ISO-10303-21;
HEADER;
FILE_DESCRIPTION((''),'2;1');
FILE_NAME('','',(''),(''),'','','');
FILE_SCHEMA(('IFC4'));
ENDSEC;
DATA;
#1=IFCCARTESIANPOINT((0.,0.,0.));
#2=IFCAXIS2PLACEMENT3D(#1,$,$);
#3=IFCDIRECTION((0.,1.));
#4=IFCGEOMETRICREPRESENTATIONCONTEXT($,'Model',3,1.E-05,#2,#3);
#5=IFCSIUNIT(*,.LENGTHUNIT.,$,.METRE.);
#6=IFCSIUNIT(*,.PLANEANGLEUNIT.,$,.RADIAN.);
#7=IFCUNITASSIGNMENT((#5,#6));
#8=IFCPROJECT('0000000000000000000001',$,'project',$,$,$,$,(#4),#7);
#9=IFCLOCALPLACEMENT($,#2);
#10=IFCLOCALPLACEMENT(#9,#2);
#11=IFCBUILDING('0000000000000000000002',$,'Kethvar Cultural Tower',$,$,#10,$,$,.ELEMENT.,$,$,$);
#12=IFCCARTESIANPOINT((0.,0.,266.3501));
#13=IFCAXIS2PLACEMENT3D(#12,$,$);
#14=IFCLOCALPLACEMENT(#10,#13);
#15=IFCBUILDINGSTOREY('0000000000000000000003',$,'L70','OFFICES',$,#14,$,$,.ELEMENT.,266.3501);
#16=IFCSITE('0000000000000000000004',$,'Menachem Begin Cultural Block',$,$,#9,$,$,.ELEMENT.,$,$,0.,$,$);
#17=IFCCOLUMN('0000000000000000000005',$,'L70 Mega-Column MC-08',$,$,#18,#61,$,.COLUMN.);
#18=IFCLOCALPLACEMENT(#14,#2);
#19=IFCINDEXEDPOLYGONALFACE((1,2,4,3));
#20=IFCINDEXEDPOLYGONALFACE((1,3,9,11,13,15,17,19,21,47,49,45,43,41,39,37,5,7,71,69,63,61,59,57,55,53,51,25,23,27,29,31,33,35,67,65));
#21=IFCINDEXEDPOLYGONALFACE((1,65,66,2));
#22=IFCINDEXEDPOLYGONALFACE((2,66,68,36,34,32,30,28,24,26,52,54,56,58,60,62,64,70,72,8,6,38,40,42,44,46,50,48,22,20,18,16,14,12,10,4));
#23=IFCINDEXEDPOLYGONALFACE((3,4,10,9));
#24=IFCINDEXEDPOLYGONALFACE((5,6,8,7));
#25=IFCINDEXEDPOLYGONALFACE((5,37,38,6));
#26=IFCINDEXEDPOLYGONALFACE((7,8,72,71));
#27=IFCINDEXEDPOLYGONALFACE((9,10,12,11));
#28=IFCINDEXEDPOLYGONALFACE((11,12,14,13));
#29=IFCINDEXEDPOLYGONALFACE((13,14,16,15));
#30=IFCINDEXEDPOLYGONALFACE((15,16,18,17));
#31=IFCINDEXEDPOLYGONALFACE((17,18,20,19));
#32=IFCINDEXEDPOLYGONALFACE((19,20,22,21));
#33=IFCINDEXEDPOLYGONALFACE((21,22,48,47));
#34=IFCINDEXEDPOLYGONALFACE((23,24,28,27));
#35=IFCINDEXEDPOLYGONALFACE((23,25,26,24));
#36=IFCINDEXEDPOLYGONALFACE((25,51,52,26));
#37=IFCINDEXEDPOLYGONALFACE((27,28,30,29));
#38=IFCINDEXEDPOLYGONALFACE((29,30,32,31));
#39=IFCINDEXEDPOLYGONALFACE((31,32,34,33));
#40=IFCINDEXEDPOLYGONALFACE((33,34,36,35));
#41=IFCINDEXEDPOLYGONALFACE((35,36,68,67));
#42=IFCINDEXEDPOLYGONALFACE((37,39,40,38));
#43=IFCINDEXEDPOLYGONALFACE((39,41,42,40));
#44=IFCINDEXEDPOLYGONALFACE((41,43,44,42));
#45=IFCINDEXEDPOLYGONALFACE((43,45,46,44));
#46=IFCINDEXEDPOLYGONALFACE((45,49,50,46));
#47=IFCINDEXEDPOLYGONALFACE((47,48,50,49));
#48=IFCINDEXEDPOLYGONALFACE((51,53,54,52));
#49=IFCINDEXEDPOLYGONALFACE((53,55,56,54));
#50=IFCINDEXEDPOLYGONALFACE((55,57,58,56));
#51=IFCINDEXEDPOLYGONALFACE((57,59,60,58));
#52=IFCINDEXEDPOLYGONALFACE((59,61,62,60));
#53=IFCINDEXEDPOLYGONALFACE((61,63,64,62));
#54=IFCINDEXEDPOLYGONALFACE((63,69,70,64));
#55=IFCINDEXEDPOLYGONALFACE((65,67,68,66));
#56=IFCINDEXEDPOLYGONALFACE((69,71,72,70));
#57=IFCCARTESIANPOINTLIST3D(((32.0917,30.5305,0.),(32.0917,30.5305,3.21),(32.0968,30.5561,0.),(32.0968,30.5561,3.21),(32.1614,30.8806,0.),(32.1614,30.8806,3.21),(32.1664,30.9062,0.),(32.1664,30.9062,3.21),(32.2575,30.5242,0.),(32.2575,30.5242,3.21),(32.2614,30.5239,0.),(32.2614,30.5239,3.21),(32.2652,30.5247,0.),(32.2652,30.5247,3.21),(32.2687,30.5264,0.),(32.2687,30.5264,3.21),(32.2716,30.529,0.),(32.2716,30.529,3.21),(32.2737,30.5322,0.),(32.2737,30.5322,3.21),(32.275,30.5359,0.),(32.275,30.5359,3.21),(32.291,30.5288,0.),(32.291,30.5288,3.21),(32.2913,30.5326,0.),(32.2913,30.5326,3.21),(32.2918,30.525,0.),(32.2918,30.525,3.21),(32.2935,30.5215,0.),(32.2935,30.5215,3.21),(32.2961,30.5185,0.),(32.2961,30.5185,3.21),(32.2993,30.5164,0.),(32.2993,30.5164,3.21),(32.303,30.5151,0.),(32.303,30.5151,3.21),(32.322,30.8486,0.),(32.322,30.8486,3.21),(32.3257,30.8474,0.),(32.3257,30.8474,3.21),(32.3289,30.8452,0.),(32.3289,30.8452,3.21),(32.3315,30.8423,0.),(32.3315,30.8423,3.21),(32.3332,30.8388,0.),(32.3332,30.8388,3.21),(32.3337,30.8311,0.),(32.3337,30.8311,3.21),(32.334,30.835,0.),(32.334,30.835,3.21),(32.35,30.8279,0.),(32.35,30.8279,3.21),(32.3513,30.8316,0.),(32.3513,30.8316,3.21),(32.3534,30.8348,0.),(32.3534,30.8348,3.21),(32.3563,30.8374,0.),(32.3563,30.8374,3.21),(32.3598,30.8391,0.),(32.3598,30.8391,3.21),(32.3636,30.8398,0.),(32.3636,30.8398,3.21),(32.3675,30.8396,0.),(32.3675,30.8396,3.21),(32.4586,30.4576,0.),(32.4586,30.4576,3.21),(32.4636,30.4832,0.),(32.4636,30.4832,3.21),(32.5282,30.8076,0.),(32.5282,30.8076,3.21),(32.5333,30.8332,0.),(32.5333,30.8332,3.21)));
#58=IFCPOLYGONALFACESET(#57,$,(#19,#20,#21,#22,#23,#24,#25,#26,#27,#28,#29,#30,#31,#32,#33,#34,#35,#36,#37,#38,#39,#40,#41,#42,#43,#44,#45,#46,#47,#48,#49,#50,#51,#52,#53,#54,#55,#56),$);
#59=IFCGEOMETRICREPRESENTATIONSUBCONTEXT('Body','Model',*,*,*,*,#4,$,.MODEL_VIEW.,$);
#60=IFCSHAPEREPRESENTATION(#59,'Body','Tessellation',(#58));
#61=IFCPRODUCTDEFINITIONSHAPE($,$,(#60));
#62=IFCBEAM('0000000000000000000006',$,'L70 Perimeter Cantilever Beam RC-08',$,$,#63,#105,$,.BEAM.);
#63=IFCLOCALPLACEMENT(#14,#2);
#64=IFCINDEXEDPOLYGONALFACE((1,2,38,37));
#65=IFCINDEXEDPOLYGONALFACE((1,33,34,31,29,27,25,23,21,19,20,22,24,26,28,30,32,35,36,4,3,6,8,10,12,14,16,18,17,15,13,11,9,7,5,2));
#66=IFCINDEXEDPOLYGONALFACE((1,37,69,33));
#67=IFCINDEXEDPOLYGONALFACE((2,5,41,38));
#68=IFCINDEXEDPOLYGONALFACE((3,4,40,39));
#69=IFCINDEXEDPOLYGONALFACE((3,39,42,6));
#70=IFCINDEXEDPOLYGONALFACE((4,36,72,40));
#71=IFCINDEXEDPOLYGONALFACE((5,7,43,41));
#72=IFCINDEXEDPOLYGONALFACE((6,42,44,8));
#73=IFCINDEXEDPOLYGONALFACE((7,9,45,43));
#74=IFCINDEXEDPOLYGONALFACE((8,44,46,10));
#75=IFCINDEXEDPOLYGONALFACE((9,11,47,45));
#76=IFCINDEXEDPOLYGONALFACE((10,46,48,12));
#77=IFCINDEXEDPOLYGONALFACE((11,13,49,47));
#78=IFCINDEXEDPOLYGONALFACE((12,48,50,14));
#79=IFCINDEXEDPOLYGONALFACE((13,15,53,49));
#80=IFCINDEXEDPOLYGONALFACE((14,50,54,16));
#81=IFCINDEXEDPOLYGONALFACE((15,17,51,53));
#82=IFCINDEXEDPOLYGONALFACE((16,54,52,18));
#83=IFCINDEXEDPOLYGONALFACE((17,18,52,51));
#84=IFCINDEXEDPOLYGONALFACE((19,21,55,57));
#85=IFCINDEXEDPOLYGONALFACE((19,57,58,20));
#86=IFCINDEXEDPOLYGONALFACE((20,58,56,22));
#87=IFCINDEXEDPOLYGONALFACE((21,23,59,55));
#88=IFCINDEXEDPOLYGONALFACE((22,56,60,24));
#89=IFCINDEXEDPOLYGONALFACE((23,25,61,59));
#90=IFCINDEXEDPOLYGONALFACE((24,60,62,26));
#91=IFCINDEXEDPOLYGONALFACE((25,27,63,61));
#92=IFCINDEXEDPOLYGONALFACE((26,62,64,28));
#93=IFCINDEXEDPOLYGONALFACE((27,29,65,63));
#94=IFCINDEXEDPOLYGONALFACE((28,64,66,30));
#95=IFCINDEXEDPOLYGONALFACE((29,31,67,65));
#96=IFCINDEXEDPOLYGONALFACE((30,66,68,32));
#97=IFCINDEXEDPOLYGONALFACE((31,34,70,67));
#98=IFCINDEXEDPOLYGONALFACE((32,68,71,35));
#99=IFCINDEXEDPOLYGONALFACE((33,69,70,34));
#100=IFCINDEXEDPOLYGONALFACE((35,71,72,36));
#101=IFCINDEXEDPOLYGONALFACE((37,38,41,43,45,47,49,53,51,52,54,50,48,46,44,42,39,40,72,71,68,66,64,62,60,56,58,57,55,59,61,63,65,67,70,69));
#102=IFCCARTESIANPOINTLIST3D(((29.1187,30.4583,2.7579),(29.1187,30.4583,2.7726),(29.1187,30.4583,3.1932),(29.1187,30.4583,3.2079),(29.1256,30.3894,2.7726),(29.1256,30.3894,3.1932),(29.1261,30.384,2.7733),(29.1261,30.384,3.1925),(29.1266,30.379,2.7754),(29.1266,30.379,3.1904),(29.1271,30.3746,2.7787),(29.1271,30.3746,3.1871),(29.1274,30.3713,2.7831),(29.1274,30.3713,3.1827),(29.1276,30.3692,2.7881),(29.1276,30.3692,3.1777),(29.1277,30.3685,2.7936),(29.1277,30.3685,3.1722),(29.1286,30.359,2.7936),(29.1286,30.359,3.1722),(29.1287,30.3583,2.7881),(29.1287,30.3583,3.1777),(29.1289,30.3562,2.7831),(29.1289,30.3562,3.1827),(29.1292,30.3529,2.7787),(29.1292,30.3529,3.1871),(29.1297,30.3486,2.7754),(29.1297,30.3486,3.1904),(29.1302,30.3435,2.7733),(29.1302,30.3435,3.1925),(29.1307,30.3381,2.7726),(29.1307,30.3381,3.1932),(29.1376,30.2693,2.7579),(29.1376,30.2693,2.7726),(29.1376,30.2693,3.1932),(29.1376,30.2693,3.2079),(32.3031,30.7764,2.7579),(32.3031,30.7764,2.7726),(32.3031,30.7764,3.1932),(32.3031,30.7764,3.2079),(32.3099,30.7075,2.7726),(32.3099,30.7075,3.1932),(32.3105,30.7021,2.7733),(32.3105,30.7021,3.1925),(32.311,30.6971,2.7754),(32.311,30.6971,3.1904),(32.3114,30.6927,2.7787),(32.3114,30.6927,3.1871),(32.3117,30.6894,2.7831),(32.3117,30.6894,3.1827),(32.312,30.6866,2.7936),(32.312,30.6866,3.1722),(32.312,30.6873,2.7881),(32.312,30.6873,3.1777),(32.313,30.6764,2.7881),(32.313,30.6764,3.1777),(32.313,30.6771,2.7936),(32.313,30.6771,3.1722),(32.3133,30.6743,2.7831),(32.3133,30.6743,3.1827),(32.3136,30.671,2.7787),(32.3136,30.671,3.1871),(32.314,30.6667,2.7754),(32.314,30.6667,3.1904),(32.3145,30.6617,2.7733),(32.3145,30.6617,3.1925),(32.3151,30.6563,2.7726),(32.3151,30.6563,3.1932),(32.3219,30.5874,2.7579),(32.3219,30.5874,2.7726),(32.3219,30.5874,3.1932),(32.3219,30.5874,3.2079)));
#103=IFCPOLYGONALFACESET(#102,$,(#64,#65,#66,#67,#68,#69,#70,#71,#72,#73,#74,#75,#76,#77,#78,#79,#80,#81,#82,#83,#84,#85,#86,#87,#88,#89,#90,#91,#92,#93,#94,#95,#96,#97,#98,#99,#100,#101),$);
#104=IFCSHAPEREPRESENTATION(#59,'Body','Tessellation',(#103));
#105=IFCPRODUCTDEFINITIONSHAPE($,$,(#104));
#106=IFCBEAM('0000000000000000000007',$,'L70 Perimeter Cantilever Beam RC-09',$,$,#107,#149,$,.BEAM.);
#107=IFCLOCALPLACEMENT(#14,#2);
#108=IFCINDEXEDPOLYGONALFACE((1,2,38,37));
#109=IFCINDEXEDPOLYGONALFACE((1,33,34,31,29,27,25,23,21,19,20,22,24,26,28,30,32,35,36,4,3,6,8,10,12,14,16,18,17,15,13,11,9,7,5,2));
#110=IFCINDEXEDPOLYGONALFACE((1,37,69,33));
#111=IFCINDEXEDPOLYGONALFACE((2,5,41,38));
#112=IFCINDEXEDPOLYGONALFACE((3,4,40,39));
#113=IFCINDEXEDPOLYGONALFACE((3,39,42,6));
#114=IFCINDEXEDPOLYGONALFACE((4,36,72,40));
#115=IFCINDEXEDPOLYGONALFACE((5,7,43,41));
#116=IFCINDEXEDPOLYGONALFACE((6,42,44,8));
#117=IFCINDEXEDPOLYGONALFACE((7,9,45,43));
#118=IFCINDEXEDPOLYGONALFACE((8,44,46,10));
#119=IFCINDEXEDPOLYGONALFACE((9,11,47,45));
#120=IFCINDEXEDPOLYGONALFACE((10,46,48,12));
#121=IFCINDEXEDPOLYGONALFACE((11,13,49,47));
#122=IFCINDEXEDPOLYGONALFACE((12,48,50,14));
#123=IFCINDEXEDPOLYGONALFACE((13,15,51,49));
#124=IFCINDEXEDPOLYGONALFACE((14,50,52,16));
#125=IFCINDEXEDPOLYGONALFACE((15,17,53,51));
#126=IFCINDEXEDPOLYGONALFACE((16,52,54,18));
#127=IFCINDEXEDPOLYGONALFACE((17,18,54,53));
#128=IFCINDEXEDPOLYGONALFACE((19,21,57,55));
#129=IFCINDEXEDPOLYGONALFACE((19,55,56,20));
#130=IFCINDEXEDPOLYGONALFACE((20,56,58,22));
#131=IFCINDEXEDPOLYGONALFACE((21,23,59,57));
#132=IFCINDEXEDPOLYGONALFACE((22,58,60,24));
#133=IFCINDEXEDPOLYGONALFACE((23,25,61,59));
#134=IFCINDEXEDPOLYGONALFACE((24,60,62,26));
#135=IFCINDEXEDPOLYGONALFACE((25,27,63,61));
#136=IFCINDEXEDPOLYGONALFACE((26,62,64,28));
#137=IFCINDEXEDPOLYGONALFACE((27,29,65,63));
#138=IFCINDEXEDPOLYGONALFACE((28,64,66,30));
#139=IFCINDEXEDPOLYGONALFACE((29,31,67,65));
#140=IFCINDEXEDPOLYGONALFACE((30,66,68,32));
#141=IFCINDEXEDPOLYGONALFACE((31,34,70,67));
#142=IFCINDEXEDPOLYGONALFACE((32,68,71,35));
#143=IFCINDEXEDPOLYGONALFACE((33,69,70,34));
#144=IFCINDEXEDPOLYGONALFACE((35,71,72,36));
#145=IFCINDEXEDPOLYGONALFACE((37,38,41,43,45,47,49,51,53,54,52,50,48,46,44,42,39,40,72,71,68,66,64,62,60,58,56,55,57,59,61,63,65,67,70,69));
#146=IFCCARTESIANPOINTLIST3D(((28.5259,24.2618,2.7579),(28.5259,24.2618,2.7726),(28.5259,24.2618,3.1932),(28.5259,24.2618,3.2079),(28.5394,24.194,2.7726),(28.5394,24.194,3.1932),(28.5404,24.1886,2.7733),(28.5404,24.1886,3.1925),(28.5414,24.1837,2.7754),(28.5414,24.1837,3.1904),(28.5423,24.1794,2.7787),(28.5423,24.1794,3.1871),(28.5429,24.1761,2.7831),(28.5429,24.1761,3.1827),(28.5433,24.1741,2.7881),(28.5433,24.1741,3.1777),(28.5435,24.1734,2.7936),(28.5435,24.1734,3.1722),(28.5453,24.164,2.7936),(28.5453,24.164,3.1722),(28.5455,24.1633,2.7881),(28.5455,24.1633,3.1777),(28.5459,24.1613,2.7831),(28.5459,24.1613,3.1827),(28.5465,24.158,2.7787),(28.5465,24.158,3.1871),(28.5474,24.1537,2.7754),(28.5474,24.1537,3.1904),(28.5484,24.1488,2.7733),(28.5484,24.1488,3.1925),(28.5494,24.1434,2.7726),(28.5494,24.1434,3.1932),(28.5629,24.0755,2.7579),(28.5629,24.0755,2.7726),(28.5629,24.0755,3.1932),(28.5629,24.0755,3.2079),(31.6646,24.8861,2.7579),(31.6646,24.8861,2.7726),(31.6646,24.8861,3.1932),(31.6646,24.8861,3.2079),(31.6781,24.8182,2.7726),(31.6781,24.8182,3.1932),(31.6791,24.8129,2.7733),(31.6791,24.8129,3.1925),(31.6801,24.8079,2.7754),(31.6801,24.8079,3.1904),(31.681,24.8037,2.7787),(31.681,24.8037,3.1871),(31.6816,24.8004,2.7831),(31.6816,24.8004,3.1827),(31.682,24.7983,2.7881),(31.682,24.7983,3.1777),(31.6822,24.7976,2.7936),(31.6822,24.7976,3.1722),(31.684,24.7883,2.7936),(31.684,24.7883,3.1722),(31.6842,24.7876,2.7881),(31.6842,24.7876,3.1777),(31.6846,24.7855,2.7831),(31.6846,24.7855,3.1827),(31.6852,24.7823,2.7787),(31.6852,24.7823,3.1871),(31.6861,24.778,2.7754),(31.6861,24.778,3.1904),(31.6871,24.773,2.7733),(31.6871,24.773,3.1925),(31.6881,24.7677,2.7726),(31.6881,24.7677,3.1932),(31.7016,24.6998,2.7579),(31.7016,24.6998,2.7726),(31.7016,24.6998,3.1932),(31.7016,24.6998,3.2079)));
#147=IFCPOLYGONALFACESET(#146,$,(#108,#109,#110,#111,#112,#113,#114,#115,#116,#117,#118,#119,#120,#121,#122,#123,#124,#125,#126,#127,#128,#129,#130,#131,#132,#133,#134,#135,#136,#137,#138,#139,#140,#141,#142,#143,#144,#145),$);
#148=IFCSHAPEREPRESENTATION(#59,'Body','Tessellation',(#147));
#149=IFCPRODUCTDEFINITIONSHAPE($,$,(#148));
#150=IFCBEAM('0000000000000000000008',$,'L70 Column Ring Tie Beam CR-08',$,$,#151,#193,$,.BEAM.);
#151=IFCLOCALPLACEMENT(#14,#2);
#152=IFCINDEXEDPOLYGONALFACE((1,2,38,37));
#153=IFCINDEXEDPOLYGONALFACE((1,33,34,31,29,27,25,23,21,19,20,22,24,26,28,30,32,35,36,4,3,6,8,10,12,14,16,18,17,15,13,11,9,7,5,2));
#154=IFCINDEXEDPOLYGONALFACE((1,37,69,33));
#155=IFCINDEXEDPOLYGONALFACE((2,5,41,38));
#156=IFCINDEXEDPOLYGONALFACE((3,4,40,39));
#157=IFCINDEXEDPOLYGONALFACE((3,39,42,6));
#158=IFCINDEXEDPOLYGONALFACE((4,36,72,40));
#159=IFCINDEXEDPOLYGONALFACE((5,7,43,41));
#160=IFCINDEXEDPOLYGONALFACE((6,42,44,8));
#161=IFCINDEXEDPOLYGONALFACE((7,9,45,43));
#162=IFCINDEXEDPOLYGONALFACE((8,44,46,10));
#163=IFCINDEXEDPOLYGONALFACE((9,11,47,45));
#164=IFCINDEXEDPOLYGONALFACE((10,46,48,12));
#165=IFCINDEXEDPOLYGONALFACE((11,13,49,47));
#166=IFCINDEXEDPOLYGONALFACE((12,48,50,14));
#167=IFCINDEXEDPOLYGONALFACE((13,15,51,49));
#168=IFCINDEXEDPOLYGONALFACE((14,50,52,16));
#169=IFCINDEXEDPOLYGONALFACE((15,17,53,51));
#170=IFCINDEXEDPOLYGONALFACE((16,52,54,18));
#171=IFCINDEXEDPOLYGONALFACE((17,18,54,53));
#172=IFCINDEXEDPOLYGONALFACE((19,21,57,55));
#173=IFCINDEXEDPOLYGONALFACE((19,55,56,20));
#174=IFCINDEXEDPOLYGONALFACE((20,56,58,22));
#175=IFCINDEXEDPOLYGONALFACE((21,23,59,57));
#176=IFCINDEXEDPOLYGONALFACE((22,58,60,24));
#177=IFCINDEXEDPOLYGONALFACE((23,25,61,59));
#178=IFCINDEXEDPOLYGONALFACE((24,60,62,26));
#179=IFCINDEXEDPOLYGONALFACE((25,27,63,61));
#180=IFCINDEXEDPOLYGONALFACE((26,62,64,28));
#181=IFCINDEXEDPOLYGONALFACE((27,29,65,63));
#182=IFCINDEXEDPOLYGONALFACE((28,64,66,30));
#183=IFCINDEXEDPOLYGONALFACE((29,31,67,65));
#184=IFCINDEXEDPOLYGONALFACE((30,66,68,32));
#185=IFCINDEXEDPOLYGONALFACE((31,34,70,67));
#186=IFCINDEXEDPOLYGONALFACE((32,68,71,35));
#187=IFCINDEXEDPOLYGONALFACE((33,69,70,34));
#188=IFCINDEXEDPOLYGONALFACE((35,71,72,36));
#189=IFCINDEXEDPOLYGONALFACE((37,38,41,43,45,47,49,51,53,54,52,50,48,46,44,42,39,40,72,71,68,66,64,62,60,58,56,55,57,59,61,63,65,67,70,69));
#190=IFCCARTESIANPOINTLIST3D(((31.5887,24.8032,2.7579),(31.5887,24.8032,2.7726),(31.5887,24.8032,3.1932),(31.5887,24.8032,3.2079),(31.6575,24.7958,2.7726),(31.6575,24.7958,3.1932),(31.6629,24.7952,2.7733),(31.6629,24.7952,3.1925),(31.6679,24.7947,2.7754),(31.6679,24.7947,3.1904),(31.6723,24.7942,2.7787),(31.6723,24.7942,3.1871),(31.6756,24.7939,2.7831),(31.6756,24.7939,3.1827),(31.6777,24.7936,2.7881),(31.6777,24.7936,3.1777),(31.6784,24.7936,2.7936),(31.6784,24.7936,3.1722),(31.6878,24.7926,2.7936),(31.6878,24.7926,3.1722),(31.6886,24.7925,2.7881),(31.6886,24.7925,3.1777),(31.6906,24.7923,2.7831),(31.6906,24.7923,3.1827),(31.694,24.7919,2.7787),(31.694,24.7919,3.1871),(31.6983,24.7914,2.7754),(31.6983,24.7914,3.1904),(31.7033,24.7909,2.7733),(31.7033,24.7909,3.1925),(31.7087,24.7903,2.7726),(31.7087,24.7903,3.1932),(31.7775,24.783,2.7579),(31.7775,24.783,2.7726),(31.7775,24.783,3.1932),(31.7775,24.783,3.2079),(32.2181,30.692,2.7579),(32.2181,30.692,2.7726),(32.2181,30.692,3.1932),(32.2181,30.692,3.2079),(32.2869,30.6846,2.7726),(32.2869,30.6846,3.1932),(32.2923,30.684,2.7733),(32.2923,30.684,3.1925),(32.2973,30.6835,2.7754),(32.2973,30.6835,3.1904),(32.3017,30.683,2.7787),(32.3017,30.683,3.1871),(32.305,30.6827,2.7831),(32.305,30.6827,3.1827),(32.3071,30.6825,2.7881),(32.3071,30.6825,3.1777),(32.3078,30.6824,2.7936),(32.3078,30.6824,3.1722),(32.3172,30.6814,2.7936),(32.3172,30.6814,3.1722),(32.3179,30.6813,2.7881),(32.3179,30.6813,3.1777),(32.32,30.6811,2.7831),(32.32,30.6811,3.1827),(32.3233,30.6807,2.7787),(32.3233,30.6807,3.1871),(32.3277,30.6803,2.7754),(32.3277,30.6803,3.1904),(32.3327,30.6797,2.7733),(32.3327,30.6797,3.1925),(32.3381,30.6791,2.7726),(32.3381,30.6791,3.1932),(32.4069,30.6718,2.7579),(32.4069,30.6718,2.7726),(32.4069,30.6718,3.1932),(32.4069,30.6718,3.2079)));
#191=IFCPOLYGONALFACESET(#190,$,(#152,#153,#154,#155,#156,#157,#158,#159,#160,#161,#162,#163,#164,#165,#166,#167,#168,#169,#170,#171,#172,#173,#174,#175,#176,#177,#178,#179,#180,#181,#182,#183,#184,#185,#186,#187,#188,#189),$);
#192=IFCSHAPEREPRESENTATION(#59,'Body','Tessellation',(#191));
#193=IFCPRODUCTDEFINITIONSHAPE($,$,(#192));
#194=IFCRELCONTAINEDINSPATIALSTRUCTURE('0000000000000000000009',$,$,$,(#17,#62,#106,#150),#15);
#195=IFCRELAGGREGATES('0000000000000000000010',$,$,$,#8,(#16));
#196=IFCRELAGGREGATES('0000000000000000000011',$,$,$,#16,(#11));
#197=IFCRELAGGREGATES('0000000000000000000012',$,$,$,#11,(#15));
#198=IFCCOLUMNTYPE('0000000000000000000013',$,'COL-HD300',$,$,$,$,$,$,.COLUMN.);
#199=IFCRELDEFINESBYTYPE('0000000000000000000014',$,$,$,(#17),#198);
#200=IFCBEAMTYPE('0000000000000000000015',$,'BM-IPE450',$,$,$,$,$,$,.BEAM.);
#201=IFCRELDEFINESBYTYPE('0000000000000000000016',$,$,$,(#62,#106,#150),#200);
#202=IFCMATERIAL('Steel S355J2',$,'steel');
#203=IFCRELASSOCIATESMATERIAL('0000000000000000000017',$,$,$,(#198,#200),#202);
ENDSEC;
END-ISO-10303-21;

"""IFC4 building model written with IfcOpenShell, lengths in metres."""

from ifc_helpers import new_model, si_unit, direction, frame, origin, origin_2d, place, context, subcontext, project, spatial, i_section, extrude, source, transform, mapped, material, material_profile, profile_set, type_object, element, save


model = new_model("IFC4")

# Units and contexts
model_context = context("Model", 3, precision=1e-05, world=origin(), true_north=direction((0.0, 1.0)))
body_context = subcontext(model_context, "Body", "Model", "MODEL_VIEW")
ifc_project = project(units=[si_unit("LENGTHUNIT", "METRE"), si_unit("PLANEANGLEUNIT", "RADIAN")], contexts=[model_context])

# Site, building, storey
site_placement = place(None, origin())
site = spatial("IfcSite", under=ifc_project, at=site_placement, Name="Menachem Begin Cultural Block", CompositionType="ELEMENT", RefElevation=0.0)
building_placement = place(site_placement, origin())
building = spatial("IfcBuilding", under=site, at=building_placement, Name="Kethvar Cultural Tower", CompositionType="ELEMENT")
storey_placement = place(building_placement, frame((0.0, 0.0, 266.3501)))
storey = spatial("IfcBuildingStorey", under=building, at=storey_placement, Name="L70", Description="OFFICES", CompositionType="ELEMENT", Elevation=266.3501)

# Column
ifc_material_1 = material(Name="Steel S355J2", Category="steel")
ifc_material_profile_1 = material_profile(ifc_material_1, i_section(OverallWidth=0.374, OverallDepth=0.3831, WebThickness=0.0166, FlangeThickness=0.0261, FilletRadius=0.0149, at=origin_2d()), Name="Steel S355J2 — HD360x300")
ifc_profile_set_1 = profile_set([ifc_material_profile_1], Name="Steel S355J2 — HD360x300")
column_type = type_object("IfcColumnType", Name="COL-HD300", PredefinedType="COLUMN", material=ifc_profile_set_1)
shared_shape_1 = source(origin(), body_context, "Body", "SweptSolid", [
    extrude(i_section(OverallWidth=0.374, OverallDepth=0.3831, WebThickness=0.0166, FlangeThickness=0.0261, FilletRadius=0.0149, at=origin_2d()), origin(), (0.0, 0.0, 1.0), 3.21),
])
column_placement = place(storey_placement, frame((32.3125, 30.6819, 0.0), z_axis=(0.0, 0.0, 1.0), x_axis=(-0.980785, 0.19509, 0.0)))
element("IfcColumn", 1, at=column_placement, inside=storey, type_object=column_type, Name="L70 Mega-Column MC-08", PredefinedType="COLUMN", context=body_context, shape_type="MappedRepresentation", body=[
    mapped(shared_shape_1, transform((0.0, 0.0, 0.0), scale=1.0)),
])

# Beams
ifc_material_profile_2 = material_profile(ifc_material_1, i_section(OverallWidth=0.1899, OverallDepth=0.45, WebThickness=0.0095, FlangeThickness=0.0146, FilletRadius=0.021, at=origin_2d()), Name="Steel S355J2 — IPE450")
ifc_profile_set_2 = profile_set([ifc_material_profile_2], Name="Steel S355J2 — IPE450")
beam_type_1 = type_object("IfcBeamType", Name="BM-IPE450", PredefinedType="BEAM", material=ifc_profile_set_2)
shared_shape_2 = source(origin(), body_context, "Body", "SweptSolid", [
    extrude(i_section(OverallWidth=0.1899, OverallDepth=0.45, WebThickness=0.0095, FlangeThickness=0.0146, FilletRadius=0.021, at=origin_2d()), origin(), (0.0, 0.0, 1.0), 3.2002),
])
for number, where, z_axis, x_axis, name in (
    (2, (32.3125, 30.6819, 2.9829), (-0.995047, -0.099406, 0.0), (0.099406, -0.995047, 0.0), "L70 Perimeter Cantilever Beam RC-08"),
    (3, (31.6831, 24.793, 2.9829), (-0.980788, -0.195074, 0.0), (0.195074, -0.980788, 0.0), "L70 Perimeter Cantilever Beam RC-09"),
):
    element("IfcBeam", number, at=place(storey_placement, frame(where, z_axis=z_axis, x_axis=x_axis)), inside=storey, type_object=beam_type_1, Name=name, PredefinedType="BEAM", context=body_context, shape_type="MappedRepresentation", body=[
        mapped(shared_shape_2, transform((0.0, 0.0, 0.0), scale=1.0)),
    ])
shared_shape_3 = source(origin(), body_context, "Body", "SweptSolid", [
    extrude(i_section(OverallWidth=0.1899, OverallDepth=0.45, WebThickness=0.0095, FlangeThickness=0.0146, FilletRadius=0.021, at=origin_2d()), origin(), (0.0, 0.0, 1.0), 5.9224),
])
beam_1_placement = place(storey_placement, frame((32.3125, 30.6819, 2.9829), z_axis=(-0.106273, -0.994337, 0.0), x_axis=(0.994337, -0.106273, 0.0)))
element("IfcBeam", 4, at=beam_1_placement, inside=storey, type_object=beam_type_1, Name="L70 Column Ring Tie Beam CR-08", PredefinedType="BEAM", context=body_context, shape_type="MappedRepresentation", body=[
    mapped(shared_shape_3, transform((0.0, 0.0, 0.0), scale=1.0)),
])

save(model, "model.ifc")
